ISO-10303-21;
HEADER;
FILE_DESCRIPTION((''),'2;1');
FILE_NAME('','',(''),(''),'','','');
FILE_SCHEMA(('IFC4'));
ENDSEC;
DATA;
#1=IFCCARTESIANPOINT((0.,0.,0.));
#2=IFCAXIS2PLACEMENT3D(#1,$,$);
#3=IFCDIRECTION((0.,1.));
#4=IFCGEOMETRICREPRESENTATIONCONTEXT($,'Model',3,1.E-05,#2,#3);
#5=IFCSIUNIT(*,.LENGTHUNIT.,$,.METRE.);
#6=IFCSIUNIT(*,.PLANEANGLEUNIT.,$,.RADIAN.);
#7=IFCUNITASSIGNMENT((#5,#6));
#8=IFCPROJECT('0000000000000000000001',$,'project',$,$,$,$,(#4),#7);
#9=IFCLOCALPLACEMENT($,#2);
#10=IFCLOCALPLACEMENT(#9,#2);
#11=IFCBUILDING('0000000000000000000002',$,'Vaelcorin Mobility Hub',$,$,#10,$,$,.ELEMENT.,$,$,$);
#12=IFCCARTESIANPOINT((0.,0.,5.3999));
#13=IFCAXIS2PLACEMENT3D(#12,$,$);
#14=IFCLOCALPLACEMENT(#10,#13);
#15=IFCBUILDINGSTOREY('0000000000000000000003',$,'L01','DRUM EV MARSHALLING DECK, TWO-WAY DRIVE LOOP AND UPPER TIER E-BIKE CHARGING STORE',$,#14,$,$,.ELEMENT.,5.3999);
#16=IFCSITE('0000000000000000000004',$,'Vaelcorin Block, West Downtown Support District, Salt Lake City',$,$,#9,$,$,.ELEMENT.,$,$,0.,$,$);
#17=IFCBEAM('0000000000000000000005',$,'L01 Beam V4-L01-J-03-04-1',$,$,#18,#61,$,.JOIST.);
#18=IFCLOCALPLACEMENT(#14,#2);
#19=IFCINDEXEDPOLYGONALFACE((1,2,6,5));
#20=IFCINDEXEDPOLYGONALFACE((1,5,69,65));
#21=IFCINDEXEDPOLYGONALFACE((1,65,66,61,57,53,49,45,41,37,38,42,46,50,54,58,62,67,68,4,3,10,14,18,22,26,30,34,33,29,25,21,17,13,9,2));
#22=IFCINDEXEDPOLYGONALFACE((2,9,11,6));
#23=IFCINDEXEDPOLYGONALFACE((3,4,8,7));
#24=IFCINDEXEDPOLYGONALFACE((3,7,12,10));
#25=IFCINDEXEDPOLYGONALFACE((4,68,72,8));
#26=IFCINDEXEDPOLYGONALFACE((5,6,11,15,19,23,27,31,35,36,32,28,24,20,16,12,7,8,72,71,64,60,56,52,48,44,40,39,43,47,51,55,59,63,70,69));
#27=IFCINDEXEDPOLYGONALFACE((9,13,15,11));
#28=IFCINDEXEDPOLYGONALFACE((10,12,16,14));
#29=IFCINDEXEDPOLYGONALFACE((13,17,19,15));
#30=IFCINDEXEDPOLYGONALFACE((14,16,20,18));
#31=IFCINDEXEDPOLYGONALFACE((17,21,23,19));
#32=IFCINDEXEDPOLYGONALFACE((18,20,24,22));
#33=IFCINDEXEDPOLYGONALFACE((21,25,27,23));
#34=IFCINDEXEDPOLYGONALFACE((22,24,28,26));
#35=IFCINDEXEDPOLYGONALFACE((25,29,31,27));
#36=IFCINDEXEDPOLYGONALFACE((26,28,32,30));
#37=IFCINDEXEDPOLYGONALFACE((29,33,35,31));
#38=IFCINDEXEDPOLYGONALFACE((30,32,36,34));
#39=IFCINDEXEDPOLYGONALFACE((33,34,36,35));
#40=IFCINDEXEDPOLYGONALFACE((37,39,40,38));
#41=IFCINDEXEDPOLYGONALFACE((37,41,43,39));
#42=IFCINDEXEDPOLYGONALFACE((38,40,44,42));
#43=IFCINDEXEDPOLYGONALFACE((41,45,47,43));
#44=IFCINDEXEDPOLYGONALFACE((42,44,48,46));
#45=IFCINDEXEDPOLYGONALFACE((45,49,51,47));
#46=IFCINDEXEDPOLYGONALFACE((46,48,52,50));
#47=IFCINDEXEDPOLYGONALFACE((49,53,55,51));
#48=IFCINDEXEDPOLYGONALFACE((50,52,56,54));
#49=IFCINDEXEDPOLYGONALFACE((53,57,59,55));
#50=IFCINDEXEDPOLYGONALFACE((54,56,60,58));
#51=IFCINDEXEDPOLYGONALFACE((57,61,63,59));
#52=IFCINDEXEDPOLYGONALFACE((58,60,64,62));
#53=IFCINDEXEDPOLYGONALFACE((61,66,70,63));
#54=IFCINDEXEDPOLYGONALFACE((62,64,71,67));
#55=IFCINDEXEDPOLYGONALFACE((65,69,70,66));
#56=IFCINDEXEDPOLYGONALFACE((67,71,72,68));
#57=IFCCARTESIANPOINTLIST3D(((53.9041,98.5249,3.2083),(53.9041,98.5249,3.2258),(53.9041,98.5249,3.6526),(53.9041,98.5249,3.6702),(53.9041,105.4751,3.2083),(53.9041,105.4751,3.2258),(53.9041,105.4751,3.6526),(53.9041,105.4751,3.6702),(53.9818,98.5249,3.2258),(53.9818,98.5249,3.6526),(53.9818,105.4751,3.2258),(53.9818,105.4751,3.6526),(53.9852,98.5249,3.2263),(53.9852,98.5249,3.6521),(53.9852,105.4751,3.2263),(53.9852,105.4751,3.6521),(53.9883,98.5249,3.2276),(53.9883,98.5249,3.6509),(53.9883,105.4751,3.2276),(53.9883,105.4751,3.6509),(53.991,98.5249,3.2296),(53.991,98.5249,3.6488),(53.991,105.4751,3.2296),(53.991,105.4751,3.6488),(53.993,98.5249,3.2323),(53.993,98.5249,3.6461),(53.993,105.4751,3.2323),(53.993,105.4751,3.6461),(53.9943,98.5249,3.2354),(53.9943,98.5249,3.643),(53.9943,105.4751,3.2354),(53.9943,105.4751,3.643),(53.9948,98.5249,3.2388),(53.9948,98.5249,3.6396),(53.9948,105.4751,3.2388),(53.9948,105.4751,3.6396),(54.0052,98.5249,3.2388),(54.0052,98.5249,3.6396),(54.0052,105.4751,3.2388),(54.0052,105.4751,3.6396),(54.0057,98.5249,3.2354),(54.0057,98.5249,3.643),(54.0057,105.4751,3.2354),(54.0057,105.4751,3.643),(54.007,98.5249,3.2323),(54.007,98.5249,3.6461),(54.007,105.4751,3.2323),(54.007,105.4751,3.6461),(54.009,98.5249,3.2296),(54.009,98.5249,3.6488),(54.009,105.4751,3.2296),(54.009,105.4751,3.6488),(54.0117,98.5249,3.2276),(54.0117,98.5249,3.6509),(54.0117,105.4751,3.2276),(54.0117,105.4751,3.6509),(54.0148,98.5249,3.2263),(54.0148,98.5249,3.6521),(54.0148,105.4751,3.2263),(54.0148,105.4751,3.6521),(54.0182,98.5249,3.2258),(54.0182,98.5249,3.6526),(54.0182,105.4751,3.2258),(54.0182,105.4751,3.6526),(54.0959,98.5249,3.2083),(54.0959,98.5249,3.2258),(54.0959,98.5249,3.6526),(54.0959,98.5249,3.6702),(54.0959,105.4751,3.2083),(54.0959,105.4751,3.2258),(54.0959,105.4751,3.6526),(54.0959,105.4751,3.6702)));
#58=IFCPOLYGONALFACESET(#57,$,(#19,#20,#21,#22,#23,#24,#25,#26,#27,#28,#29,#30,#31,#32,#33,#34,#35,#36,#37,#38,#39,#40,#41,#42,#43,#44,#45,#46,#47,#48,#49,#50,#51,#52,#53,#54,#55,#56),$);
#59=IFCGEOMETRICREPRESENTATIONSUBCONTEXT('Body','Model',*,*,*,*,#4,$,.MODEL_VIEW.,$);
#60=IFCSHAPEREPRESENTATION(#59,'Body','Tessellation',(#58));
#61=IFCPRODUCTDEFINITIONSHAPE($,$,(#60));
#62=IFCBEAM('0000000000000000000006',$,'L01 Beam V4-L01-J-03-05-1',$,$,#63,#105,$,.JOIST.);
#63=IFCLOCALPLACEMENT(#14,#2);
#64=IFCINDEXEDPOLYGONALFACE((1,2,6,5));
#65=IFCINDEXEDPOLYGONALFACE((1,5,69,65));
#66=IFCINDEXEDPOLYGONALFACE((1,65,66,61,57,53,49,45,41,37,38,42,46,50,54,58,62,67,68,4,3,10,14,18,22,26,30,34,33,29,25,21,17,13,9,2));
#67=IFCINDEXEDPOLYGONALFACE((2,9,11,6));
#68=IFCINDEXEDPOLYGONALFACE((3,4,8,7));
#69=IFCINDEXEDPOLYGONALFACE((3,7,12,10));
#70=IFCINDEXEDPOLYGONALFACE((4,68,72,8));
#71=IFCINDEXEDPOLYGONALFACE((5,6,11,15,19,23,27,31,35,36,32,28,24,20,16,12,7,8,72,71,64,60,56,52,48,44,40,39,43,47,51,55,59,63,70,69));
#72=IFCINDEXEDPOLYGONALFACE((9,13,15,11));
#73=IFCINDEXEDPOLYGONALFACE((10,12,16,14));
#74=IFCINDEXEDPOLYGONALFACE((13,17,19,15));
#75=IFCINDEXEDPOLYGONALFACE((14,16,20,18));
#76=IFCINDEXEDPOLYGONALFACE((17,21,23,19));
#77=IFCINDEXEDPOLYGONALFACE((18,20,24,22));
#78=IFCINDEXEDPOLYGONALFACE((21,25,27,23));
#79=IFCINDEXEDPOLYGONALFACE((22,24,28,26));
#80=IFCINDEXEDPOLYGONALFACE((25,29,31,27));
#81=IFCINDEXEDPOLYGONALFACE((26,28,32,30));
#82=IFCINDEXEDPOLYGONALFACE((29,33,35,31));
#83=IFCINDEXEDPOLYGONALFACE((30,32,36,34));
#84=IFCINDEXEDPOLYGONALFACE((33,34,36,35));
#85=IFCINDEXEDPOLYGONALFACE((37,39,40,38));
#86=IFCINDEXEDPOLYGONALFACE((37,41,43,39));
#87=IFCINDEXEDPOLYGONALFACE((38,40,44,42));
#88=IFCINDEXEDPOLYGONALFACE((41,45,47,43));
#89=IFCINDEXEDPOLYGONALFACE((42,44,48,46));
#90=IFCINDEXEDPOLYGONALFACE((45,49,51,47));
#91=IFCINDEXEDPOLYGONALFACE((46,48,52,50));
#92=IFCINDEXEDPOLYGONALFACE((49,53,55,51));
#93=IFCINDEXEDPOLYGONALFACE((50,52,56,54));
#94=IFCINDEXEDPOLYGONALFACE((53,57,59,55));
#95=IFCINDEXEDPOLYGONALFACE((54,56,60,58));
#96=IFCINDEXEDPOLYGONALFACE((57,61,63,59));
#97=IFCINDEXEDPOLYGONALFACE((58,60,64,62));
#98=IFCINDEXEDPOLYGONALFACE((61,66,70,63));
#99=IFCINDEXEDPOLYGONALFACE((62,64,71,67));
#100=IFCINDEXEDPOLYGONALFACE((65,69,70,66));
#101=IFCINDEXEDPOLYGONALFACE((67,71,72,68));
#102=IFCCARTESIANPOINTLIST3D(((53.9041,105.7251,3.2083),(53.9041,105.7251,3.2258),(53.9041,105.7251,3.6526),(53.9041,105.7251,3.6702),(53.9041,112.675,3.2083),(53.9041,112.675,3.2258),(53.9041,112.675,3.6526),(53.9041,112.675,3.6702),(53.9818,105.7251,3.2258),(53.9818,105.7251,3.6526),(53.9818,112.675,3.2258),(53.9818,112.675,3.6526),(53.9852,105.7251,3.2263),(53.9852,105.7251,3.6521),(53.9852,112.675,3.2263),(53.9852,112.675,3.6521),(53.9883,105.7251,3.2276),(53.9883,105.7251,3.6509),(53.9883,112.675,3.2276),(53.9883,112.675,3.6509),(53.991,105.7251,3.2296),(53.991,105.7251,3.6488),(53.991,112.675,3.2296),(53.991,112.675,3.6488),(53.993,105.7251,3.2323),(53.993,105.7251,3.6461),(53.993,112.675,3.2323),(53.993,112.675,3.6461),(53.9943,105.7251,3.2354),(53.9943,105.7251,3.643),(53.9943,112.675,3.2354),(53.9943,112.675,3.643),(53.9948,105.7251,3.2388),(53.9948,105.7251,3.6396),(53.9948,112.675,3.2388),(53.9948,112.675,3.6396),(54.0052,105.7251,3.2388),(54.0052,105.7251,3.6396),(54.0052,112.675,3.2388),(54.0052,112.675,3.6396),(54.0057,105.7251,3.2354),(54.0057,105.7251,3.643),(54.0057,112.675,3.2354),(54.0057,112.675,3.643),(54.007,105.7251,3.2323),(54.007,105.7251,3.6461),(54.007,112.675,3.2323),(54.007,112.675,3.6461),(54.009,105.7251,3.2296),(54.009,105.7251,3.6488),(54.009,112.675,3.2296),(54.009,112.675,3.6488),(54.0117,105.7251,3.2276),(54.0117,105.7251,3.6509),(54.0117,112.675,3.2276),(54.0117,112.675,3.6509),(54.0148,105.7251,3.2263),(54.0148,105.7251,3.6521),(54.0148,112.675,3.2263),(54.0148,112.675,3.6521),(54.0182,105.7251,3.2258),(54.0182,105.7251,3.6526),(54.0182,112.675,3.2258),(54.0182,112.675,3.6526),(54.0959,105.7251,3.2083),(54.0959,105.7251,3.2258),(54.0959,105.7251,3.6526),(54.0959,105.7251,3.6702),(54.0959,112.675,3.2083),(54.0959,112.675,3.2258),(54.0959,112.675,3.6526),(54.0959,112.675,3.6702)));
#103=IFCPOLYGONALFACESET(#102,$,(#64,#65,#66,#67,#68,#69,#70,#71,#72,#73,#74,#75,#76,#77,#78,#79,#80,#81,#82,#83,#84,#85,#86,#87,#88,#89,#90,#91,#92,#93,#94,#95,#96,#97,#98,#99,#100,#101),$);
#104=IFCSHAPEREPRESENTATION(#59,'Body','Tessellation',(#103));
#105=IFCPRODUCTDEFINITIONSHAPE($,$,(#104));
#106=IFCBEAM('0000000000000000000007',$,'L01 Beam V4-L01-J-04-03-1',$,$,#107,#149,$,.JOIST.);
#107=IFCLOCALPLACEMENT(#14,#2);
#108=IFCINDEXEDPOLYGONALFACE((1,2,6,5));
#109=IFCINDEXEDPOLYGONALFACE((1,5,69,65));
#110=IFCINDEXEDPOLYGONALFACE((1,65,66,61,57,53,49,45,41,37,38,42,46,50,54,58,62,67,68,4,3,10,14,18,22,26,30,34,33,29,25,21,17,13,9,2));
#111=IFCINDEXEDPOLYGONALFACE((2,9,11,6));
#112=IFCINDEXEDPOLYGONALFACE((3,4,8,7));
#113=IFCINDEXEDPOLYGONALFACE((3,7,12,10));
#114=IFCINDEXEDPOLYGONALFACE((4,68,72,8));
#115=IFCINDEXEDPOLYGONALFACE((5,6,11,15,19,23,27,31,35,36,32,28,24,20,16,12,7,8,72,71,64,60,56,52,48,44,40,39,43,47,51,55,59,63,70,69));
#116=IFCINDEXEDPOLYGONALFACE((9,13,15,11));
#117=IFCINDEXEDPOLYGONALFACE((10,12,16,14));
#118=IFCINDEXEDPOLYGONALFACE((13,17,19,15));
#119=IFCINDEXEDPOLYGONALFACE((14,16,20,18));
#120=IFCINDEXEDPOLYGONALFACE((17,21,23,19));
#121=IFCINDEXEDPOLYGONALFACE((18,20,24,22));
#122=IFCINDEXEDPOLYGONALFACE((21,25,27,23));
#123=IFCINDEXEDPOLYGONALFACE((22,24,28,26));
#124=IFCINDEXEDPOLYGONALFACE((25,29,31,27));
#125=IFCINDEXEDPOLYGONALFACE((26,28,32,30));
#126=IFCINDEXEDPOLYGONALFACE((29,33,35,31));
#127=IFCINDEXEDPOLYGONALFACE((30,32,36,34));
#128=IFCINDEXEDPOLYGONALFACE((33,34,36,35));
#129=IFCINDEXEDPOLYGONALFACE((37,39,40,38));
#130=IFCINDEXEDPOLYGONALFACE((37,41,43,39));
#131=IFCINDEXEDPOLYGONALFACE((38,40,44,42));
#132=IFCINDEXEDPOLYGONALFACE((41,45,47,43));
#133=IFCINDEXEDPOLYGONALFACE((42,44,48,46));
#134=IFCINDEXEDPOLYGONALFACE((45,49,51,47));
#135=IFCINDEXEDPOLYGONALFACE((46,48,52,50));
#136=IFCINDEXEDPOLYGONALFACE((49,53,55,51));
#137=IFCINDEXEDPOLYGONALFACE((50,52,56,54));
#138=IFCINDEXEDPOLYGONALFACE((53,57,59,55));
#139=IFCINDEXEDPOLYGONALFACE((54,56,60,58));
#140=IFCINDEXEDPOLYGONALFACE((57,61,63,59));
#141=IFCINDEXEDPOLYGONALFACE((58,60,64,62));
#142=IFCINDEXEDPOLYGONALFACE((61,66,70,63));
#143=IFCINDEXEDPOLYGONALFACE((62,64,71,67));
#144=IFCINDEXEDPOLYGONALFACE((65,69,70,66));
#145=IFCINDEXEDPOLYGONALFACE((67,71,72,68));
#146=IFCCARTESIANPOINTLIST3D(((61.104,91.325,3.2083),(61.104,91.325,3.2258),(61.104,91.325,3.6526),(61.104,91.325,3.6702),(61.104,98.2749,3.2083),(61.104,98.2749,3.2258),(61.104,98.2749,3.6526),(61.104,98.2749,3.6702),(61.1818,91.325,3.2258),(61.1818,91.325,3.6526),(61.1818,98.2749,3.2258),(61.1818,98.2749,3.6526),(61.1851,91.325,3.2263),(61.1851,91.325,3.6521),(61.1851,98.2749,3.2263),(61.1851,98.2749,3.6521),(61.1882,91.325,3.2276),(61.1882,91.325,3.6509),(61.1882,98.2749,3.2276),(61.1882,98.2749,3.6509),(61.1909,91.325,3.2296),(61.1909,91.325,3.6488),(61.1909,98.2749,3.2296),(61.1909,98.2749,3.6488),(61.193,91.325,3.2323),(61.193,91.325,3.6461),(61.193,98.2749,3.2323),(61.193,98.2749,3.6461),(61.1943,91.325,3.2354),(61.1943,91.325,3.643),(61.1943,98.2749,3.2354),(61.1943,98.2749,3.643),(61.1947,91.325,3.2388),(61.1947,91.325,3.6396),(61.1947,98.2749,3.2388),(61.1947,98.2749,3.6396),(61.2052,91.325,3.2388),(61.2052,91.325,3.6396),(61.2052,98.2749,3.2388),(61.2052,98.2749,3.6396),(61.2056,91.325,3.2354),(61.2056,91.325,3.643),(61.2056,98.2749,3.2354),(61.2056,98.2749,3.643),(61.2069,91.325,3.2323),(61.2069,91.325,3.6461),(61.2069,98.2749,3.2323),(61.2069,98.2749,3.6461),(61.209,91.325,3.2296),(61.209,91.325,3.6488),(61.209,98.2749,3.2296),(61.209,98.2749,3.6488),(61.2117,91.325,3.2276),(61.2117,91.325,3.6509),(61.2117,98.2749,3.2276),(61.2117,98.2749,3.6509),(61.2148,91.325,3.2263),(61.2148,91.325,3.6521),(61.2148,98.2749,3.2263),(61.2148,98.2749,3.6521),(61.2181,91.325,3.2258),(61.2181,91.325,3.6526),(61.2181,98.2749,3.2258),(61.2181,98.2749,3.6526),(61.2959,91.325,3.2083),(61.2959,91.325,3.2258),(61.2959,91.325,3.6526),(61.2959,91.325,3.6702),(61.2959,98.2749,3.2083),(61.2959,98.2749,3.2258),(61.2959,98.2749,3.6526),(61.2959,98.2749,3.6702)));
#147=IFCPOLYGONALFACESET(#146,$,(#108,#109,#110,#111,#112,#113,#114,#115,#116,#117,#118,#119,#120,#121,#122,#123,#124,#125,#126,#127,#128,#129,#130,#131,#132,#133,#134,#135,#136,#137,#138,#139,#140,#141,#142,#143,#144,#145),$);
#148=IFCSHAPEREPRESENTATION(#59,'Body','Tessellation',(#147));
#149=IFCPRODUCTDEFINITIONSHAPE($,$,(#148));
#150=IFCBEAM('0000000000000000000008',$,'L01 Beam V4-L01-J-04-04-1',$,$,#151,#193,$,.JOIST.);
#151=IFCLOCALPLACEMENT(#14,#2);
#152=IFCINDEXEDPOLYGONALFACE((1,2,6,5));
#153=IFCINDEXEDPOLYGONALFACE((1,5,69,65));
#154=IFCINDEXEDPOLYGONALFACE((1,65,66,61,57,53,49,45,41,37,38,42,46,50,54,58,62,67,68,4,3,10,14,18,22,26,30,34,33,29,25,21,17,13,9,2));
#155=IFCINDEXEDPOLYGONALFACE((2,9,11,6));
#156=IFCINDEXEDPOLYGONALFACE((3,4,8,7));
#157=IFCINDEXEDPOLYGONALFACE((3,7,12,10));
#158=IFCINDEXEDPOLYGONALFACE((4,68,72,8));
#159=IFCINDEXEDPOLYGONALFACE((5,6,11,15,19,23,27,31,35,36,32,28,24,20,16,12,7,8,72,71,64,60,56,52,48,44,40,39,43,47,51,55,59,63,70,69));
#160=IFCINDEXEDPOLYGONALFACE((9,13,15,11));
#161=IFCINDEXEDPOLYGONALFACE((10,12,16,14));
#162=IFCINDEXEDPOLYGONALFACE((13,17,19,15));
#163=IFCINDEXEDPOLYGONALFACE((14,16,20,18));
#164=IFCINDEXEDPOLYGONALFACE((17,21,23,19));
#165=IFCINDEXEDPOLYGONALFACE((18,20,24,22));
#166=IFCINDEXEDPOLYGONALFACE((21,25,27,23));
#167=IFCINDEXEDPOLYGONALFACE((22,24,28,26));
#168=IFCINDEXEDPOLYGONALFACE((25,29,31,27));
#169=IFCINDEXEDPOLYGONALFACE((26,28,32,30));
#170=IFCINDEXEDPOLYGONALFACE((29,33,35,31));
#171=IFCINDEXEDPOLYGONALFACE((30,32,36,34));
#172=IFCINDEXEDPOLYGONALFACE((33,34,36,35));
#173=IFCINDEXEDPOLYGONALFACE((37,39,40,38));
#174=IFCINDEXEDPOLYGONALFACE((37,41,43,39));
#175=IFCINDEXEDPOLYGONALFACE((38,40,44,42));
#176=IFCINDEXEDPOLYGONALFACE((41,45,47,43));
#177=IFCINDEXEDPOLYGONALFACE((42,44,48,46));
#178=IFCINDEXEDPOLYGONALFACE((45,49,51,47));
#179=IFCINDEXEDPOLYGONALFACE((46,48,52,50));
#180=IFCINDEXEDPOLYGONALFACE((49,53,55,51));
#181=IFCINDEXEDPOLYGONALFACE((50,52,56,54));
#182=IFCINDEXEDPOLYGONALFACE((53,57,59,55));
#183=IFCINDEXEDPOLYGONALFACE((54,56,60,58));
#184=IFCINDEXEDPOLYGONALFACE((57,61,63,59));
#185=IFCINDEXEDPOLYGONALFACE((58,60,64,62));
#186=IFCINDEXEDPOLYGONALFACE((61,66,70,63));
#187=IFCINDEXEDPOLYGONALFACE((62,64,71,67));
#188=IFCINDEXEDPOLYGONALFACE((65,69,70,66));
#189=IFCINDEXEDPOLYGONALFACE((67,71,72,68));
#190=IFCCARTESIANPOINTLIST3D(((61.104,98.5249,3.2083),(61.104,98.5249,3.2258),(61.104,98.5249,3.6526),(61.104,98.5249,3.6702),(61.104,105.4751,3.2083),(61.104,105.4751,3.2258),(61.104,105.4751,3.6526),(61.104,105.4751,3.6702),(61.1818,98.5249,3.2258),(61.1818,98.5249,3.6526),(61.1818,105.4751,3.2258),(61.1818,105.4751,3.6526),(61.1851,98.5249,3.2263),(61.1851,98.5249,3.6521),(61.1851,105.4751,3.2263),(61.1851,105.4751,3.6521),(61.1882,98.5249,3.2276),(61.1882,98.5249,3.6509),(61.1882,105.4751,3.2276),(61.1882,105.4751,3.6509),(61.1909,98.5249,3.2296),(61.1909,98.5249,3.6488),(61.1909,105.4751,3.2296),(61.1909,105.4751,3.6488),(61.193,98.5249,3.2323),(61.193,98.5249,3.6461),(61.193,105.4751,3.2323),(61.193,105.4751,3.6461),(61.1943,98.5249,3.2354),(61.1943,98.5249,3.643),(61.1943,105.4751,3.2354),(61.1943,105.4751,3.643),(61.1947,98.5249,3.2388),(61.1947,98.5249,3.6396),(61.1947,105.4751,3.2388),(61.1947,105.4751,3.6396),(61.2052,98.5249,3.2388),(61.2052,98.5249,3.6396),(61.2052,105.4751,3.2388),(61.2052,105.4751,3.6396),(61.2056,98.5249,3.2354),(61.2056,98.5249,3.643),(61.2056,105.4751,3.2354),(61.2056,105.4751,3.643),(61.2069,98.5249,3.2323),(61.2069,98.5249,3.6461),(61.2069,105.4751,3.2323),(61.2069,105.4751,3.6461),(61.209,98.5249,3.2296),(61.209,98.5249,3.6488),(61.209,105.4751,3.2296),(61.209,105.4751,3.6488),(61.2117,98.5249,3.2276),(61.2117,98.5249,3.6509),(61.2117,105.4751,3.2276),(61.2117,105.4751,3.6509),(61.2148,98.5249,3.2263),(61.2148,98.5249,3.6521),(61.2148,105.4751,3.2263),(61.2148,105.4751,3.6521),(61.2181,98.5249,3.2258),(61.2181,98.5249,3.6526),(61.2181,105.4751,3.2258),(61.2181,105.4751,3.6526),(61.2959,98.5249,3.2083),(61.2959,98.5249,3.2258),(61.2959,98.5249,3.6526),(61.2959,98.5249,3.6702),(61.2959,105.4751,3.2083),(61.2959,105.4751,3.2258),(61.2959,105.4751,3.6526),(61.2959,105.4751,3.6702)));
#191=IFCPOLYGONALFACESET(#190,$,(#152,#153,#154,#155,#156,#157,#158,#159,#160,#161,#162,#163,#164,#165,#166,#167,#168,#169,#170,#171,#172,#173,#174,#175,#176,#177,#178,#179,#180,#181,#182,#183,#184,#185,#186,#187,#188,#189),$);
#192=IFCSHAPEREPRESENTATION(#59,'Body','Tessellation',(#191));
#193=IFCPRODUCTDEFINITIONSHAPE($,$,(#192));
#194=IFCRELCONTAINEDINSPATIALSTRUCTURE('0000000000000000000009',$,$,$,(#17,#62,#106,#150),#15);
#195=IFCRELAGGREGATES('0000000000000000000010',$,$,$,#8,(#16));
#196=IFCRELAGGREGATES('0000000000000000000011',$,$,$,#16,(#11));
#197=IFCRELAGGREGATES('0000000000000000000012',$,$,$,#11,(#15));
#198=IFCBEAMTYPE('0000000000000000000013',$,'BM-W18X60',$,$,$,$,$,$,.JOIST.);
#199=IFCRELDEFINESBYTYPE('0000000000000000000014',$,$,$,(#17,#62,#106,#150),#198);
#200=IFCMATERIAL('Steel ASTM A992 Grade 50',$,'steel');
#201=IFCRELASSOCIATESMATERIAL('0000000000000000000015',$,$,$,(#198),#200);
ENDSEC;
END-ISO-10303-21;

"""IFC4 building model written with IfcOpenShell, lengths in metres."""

from ifc_helpers import new_model, si_unit, direction, frame, origin, origin_2d, place, context, subcontext, project, spatial, i_section, extrude, material, material_profile, profile_set, type_object, element, save


model = new_model("IFC4")

# Units and contexts
model_context = context("Model", 3, precision=1e-05, world=origin(), true_north=direction((0.0, 1.0)))
body_context = subcontext(model_context, "Body", "Model", "MODEL_VIEW")
ifc_project = project(units=[si_unit("LENGTHUNIT", "METRE"), si_unit("PLANEANGLEUNIT", "RADIAN")], contexts=[model_context])

# Site, building, storey
site_placement = place(None, origin())
site = spatial("IfcSite", under=ifc_project, at=site_placement, Name="Vaelcorin Block, West Downtown Support District, Salt Lake City", CompositionType="ELEMENT", RefElevation=0.0)
building_placement = place(site_placement, origin())
building = spatial("IfcBuilding", under=site, at=building_placement, Name="Vaelcorin Mobility Hub", CompositionType="ELEMENT")
storey_placement = place(building_placement, frame((0.0, 0.0, 5.3999)))
storey = spatial("IfcBuildingStorey", under=building, at=storey_placement, Name="L01", Description="DRUM EV MARSHALLING DECK, TWO-WAY DRIVE LOOP AND UPPER TIER E-BIKE CHARGING STORE", CompositionType="ELEMENT", Elevation=5.3999)

# Shared definitions
ifc_material_1 = material(Name="Steel ASTM A992 Grade 50", Category="steel")

# Beams
ifc_material_profile_1 = material_profile(ifc_material_1, i_section(OverallWidth=0.1919, OverallDepth=0.4619, WebThickness=0.0105, FlangeThickness=0.0176, FilletRadius=0.0129, at=origin_2d()), Name="W18X60")
ifc_profile_set_1 = profile_set([ifc_material_profile_1], Name="Steel ASTM A992 Grade 50")
beam_type_1 = type_object("IfcBeamType", Name="BM-W18X60", PredefinedType="JOIST", material=ifc_profile_set_1)
beam_1_placement = place(storey_placement, frame((54.0, 98.5249, 3.4392), z_axis=(0.0, 1.0, 0.0), x_axis=(-1.0, 0.0, 0.0)))
element("IfcBeam", 1, at=beam_1_placement, inside=storey, type_object=beam_type_1, Name="L01 Beam V4-L01-J-03-04-1", PredefinedType="JOIST", context=body_context, shape_type="SweptSolid", body=[
    extrude(i_section(OverallWidth=0.1919, OverallDepth=0.4619, WebThickness=0.0105, FlangeThickness=0.0176, FilletRadius=0.0129, at=origin_2d()), origin(), (0.0, 0.0, 1.0), 6.9502),
])
for number, where, z_axis, x_axis, name in (
    (2, (54.0, 105.7251, 3.4392), (0.0, 1.0, 0.0), (-1.0, 0.0, 0.0), "L01 Beam V4-L01-J-03-05-1"),
    (3, (61.2, 91.325, 3.4392), (0.0, 1.0, 0.0), (-1.0, 0.0, 0.0), "L01 Beam V4-L01-J-04-03-1"),
):
    element("IfcBeam", number, at=place(storey_placement, frame(where, z_axis=z_axis, x_axis=x_axis)), inside=storey, type_object=beam_type_1, Name=name, PredefinedType="JOIST", context=body_context, shape_type="SweptSolid", body=[
        extrude(i_section(OverallWidth=0.1919, OverallDepth=0.4619, WebThickness=0.0105, FlangeThickness=0.0176, FilletRadius=0.0129, at=origin_2d()), origin(), (0.0, 0.0, 1.0), 6.95),
    ])
beam_2_placement = place(storey_placement, frame((61.2, 98.5249, 3.4392), z_axis=(0.0, 1.0, 0.0), x_axis=(-1.0, 0.0, 0.0)))
element("IfcBeam", 4, at=beam_2_placement, inside=storey, type_object=beam_type_1, Name="L01 Beam V4-L01-J-04-04-1", PredefinedType="JOIST", context=body_context, shape_type="SweptSolid", body=[
    extrude(i_section(OverallWidth=0.1919, OverallDepth=0.4619, WebThickness=0.0105, FlangeThickness=0.0176, FilletRadius=0.0129, at=origin_2d()), origin(), (0.0, 0.0, 1.0), 6.9502),
])

save(model, "model.ifc")
